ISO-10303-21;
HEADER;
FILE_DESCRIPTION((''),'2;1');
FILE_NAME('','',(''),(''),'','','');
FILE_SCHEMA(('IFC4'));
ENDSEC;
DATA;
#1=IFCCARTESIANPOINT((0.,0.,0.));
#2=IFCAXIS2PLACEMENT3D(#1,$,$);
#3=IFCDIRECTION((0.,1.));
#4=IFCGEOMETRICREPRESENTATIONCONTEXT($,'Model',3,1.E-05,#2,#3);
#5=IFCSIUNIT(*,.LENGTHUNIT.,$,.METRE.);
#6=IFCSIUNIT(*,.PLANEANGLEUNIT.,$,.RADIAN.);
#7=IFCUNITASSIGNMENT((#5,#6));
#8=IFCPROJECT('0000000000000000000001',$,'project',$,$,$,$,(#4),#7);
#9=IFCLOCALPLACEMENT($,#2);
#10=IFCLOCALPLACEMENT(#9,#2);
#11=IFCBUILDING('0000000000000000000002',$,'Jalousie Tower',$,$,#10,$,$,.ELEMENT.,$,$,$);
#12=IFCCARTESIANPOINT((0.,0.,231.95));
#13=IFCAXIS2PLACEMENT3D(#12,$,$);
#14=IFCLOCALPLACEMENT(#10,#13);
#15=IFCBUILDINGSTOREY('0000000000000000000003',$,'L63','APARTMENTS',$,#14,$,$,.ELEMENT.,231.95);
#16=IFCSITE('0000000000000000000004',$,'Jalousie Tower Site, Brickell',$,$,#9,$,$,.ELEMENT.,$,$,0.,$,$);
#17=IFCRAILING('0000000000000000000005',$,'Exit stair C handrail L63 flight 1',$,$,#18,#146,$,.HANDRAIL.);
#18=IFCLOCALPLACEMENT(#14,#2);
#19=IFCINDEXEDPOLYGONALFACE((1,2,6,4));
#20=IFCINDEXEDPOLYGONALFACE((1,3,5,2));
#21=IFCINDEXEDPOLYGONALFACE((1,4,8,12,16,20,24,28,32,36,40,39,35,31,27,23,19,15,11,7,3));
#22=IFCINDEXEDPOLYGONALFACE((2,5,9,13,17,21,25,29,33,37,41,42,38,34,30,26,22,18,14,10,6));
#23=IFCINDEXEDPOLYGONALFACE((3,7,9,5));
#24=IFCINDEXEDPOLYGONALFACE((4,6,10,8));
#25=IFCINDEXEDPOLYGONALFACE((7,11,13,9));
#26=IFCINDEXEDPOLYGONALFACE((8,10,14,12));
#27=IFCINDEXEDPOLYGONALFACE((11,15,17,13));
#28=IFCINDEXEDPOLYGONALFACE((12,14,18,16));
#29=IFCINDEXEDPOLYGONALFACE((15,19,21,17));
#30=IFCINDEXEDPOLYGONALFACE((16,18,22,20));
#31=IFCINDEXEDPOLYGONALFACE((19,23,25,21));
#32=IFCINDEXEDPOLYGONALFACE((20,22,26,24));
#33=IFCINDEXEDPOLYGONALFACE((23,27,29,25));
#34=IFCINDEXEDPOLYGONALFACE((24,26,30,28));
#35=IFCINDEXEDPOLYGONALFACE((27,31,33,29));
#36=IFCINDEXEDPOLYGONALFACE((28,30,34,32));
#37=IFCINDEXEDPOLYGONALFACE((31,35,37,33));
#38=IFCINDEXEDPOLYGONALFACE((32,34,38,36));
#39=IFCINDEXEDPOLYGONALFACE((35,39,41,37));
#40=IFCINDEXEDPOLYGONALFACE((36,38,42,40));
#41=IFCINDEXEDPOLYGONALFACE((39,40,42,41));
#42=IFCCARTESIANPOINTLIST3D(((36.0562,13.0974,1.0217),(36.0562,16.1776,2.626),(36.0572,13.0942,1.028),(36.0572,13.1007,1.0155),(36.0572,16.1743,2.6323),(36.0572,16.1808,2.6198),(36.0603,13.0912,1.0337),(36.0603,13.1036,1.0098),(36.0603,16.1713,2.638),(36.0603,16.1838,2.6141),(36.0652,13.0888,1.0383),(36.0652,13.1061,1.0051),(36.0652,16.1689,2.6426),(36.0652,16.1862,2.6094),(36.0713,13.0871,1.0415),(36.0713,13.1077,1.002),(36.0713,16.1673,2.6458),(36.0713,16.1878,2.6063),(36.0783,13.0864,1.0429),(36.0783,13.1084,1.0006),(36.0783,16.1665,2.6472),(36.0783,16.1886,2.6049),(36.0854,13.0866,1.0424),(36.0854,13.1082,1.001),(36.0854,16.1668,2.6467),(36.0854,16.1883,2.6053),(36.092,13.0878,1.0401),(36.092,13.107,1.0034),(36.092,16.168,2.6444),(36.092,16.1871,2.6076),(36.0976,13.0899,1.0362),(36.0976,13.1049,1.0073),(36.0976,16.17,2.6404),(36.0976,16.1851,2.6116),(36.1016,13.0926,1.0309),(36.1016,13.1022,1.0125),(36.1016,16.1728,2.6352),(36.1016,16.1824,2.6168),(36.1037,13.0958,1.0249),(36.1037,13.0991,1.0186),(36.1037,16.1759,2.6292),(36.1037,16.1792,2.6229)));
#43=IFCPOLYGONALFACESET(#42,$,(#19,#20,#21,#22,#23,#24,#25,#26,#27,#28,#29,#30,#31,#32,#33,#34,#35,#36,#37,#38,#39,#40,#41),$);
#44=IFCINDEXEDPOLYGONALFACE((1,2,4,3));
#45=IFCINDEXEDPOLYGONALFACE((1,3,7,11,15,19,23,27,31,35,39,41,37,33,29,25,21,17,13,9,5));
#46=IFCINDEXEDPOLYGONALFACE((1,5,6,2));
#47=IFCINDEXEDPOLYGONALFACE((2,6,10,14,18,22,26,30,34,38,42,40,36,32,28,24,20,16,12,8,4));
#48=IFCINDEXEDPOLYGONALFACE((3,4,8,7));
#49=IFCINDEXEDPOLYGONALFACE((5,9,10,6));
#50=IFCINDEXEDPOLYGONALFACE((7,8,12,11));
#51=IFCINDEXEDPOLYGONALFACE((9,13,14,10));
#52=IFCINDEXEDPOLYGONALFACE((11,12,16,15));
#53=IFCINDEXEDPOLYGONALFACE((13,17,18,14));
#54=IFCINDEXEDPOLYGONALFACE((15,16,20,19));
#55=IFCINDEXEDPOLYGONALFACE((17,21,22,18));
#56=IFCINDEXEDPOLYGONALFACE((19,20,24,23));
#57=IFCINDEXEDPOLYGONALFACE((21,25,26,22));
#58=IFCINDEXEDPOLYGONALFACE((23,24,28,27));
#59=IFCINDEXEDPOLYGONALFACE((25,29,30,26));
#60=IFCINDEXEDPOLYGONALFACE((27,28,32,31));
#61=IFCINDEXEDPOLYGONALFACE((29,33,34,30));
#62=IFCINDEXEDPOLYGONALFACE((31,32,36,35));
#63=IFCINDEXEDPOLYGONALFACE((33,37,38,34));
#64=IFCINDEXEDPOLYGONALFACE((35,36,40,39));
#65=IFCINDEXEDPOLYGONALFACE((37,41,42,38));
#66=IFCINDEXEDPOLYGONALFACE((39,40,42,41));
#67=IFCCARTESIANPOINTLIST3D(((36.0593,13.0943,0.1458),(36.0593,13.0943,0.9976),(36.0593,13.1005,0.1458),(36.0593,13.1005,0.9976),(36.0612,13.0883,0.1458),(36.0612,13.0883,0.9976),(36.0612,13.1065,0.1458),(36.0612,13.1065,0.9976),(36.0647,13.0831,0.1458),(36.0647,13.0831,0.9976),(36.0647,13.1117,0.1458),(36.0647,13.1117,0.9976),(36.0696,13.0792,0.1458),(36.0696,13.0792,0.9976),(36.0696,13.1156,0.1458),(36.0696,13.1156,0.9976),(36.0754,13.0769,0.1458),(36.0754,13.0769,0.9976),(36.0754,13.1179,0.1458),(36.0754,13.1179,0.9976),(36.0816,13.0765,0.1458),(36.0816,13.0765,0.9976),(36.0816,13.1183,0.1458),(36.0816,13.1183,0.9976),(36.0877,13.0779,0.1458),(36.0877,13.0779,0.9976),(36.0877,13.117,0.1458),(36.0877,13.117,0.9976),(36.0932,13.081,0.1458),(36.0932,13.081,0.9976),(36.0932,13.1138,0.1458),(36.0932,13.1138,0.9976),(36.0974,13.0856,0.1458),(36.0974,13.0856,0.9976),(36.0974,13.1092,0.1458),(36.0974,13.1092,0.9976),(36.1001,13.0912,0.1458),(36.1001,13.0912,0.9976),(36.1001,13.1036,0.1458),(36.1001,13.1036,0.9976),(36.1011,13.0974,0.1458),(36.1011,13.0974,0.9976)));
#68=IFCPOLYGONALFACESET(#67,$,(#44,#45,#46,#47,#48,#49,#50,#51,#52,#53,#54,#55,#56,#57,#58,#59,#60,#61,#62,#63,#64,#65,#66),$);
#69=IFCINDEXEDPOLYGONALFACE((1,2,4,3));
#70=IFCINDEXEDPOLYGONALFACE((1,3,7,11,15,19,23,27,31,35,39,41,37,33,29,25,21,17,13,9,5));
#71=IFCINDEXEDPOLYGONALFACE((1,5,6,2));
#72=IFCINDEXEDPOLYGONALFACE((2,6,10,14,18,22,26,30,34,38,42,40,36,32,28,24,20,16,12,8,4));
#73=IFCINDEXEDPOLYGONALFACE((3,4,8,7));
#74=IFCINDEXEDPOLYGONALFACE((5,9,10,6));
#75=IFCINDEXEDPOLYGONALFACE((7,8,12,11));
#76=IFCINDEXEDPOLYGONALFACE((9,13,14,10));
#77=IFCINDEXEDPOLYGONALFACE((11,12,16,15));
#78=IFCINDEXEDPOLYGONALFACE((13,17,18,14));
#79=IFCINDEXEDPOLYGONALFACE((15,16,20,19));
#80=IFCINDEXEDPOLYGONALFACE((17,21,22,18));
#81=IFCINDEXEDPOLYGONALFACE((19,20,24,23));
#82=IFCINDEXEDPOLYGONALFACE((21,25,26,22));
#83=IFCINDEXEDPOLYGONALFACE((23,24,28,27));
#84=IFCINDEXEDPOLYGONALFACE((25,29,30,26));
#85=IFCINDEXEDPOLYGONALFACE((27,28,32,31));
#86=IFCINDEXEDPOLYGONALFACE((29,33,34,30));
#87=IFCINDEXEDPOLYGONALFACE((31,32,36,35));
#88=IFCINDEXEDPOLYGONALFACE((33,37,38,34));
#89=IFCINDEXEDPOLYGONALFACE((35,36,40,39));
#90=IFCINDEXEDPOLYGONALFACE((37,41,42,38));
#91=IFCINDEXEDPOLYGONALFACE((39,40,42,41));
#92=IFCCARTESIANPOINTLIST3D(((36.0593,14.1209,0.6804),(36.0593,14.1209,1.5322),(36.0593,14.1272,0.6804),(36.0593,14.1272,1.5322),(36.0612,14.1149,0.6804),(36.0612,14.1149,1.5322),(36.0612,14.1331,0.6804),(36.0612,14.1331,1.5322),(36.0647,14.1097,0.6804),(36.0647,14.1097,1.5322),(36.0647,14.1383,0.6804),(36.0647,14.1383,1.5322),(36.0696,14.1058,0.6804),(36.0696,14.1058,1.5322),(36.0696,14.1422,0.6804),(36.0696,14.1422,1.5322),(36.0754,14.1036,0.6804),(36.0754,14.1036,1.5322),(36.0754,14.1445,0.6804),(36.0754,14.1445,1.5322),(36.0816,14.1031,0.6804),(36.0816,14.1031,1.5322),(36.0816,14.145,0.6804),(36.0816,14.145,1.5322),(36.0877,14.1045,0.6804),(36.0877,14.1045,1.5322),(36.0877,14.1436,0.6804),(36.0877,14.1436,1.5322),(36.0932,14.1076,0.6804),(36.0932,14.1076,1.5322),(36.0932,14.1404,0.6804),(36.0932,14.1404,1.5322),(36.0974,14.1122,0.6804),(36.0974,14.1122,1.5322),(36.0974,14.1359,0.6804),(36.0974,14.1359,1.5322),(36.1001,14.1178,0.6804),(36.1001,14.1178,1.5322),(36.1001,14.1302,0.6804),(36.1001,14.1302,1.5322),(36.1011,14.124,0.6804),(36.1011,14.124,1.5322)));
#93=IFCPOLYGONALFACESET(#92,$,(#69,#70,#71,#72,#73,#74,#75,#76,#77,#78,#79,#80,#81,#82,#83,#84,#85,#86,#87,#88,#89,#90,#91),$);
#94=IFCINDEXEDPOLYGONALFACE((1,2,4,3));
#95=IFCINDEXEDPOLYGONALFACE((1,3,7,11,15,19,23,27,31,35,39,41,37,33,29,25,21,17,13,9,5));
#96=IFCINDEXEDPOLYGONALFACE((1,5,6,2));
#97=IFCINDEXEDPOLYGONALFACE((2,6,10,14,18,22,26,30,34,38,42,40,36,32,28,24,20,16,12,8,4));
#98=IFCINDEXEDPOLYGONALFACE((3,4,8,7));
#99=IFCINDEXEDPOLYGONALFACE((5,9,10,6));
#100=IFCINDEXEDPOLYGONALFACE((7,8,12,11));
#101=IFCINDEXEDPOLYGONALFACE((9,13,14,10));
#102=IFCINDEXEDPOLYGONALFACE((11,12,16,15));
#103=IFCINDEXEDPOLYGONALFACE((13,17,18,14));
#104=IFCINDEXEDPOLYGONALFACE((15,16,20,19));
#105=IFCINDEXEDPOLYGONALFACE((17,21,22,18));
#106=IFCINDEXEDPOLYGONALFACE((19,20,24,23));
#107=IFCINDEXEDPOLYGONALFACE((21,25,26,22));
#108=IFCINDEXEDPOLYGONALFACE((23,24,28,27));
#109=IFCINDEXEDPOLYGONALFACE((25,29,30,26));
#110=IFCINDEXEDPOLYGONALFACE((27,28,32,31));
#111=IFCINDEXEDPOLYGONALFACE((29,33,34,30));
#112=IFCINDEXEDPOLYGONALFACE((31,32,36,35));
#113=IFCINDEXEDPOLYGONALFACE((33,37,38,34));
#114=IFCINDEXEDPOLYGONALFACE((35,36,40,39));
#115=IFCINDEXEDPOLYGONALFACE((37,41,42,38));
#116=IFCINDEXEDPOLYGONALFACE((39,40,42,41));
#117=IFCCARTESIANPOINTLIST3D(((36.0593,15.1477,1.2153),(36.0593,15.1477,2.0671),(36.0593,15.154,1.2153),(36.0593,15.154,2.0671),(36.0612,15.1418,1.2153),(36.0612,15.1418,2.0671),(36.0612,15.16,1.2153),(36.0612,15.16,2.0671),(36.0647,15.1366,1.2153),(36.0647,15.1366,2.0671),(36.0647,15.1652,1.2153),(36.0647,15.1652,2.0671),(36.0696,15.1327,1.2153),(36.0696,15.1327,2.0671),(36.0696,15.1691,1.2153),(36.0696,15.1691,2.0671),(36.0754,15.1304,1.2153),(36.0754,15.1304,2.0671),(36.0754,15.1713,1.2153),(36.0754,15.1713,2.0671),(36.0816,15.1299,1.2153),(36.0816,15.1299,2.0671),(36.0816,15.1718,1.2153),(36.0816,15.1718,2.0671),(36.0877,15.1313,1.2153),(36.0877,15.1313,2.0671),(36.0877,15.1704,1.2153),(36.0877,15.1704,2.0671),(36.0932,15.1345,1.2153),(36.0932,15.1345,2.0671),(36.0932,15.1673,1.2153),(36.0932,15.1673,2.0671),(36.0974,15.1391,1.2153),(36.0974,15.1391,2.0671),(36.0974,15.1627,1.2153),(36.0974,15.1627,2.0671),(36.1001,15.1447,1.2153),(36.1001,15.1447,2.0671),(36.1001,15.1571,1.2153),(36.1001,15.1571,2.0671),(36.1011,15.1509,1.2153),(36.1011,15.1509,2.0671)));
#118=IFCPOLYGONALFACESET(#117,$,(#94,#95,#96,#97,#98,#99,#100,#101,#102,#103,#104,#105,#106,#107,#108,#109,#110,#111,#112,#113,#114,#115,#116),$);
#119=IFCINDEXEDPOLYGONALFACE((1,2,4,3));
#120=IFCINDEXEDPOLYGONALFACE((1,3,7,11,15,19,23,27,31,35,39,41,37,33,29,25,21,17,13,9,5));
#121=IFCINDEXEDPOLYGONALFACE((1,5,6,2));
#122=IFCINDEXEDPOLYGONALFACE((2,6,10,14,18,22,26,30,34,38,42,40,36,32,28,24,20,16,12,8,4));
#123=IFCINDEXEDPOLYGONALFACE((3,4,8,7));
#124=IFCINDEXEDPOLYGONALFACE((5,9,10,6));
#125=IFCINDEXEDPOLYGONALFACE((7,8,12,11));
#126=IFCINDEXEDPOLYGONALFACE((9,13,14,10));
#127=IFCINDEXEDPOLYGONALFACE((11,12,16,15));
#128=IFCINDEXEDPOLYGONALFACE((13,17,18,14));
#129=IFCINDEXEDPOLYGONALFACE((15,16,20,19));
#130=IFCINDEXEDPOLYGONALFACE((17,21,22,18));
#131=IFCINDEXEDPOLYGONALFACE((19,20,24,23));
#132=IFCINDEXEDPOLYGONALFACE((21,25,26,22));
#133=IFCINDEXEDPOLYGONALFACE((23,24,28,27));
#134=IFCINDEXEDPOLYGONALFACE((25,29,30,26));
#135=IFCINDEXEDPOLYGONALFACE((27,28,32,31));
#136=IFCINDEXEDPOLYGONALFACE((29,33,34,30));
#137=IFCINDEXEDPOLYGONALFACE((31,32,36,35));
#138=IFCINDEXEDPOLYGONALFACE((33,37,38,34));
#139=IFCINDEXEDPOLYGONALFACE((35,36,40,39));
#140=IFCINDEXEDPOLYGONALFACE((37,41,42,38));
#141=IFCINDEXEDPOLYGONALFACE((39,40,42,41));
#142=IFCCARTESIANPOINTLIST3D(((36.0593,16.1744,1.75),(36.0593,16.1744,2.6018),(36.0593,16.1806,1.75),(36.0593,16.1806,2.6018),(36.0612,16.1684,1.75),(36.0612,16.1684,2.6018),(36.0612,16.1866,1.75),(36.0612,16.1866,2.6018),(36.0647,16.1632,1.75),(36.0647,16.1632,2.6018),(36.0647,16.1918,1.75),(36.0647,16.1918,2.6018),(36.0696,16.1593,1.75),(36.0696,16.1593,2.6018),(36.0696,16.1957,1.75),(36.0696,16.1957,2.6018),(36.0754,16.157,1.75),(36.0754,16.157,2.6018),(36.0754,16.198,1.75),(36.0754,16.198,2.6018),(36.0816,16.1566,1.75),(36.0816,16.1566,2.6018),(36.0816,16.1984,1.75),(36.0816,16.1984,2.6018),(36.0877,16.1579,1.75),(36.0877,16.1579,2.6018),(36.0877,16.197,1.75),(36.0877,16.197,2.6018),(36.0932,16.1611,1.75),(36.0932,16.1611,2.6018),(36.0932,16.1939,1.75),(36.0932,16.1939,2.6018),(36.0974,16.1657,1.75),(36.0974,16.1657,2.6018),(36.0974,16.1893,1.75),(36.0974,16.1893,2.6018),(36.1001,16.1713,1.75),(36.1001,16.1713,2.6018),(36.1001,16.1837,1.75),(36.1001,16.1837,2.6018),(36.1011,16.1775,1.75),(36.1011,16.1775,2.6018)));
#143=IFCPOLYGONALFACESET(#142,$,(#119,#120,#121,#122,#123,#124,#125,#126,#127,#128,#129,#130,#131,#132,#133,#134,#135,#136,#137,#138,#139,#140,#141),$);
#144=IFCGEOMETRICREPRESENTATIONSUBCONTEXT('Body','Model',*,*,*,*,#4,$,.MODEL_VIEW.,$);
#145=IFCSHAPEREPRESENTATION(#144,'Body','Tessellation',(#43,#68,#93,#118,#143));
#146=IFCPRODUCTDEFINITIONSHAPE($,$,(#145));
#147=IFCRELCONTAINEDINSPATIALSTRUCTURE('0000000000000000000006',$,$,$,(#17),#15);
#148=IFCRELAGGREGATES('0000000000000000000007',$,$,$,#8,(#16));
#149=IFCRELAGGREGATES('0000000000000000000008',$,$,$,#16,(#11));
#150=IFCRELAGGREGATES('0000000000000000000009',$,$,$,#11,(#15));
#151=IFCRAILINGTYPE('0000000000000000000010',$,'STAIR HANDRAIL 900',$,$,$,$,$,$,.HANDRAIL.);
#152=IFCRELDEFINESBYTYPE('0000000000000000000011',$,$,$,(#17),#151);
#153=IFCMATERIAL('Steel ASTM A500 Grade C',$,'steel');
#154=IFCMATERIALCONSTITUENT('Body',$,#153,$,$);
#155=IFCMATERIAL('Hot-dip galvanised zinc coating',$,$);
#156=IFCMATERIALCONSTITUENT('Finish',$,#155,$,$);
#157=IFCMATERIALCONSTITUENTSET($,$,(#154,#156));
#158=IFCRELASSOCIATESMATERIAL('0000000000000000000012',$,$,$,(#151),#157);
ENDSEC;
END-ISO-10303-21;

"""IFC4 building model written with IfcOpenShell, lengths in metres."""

from ifc_helpers import new_model, si_unit, direction, frame, origin, origin_2d, place, context, subcontext, project, spatial, circle, extrude, material, constituent, constituent_set, type_object, element, save


model = new_model("IFC4")

# Units and contexts
model_context = context("Model", 3, precision=1e-05, world=origin(), true_north=direction((0.0, 1.0)))
body_context = subcontext(model_context, "Body", "Model", "MODEL_VIEW")
ifc_project = project(units=[si_unit("LENGTHUNIT", "METRE"), si_unit("PLANEANGLEUNIT", "RADIAN")], contexts=[model_context])

# Site, building, storey
site_placement = place(None, origin())
site = spatial("IfcSite", under=ifc_project, at=site_placement, Name="Jalousie Tower Site, Brickell", CompositionType="ELEMENT", RefElevation=0.0)
building_placement = place(site_placement, origin())
building = spatial("IfcBuilding", under=site, at=building_placement, Name="Jalousie Tower", CompositionType="ELEMENT")
storey_placement = place(building_placement, frame((0.0, 0.0, 231.95)))
storey = spatial("IfcBuildingStorey", under=building, at=storey_placement, Name="L63", Description="APARTMENTS", CompositionType="ELEMENT", Elevation=231.95)

# Railing
ifc_material_1 = material(Name="Steel ASTM A500 Grade C", Category="steel")
ifc_constituent_1 = constituent(ifc_material_1, Name="Body")
ifc_material_2 = material(Name="Hot-dip galvanised zinc coating")
ifc_constituent_2 = constituent(ifc_material_2, Name="Finish")
ifc_constituent_set_1 = constituent_set(constituents=[ifc_constituent_1, ifc_constituent_2])
railing_type_1 = type_object("IfcRailingType", Name="STAIR HANDRAIL 900", PredefinedType="HANDRAIL", material=ifc_constituent_set_1)
railing_1_placement = place(storey_placement, frame((36.0801, 13.0974, 0.1458)))
element("IfcRailing", 1, at=railing_1_placement, inside=storey, type_object=railing_type_1, Name="Exit stair C handrail L63 flight 1", PredefinedType="HANDRAIL", context=body_context, shape_type="SweptSolid", body=[
    extrude(circle(Radius=0.0239, at=origin_2d()), frame((0.0, 0.0, 0.876), z_axis=(0.0, 0.886909, 0.461944), x_axis=(-1.0, 0.0, 0.0)), (0.0, 0.0, 1.0), 3.4729),
    extrude(circle(Radius=0.021, at=origin_2d()), origin(), (0.0, 0.0, 1.0), 0.8518),
    extrude(circle(Radius=0.021, at=origin_2d()), frame((0.0, 1.0266, 0.5347)), (0.0, 0.0, 1.0), 0.8518),
    extrude(circle(Radius=0.021, at=origin_2d()), frame((0.0, 2.0535, 1.0696)), (0.0, 0.0, 1.0), 0.8518),
    extrude(circle(Radius=0.021, at=origin_2d()), frame((0.0, 3.0801, 1.6042)), (0.0, 0.0, 1.0), 0.8518),
])

save(model, "model.ifc")
